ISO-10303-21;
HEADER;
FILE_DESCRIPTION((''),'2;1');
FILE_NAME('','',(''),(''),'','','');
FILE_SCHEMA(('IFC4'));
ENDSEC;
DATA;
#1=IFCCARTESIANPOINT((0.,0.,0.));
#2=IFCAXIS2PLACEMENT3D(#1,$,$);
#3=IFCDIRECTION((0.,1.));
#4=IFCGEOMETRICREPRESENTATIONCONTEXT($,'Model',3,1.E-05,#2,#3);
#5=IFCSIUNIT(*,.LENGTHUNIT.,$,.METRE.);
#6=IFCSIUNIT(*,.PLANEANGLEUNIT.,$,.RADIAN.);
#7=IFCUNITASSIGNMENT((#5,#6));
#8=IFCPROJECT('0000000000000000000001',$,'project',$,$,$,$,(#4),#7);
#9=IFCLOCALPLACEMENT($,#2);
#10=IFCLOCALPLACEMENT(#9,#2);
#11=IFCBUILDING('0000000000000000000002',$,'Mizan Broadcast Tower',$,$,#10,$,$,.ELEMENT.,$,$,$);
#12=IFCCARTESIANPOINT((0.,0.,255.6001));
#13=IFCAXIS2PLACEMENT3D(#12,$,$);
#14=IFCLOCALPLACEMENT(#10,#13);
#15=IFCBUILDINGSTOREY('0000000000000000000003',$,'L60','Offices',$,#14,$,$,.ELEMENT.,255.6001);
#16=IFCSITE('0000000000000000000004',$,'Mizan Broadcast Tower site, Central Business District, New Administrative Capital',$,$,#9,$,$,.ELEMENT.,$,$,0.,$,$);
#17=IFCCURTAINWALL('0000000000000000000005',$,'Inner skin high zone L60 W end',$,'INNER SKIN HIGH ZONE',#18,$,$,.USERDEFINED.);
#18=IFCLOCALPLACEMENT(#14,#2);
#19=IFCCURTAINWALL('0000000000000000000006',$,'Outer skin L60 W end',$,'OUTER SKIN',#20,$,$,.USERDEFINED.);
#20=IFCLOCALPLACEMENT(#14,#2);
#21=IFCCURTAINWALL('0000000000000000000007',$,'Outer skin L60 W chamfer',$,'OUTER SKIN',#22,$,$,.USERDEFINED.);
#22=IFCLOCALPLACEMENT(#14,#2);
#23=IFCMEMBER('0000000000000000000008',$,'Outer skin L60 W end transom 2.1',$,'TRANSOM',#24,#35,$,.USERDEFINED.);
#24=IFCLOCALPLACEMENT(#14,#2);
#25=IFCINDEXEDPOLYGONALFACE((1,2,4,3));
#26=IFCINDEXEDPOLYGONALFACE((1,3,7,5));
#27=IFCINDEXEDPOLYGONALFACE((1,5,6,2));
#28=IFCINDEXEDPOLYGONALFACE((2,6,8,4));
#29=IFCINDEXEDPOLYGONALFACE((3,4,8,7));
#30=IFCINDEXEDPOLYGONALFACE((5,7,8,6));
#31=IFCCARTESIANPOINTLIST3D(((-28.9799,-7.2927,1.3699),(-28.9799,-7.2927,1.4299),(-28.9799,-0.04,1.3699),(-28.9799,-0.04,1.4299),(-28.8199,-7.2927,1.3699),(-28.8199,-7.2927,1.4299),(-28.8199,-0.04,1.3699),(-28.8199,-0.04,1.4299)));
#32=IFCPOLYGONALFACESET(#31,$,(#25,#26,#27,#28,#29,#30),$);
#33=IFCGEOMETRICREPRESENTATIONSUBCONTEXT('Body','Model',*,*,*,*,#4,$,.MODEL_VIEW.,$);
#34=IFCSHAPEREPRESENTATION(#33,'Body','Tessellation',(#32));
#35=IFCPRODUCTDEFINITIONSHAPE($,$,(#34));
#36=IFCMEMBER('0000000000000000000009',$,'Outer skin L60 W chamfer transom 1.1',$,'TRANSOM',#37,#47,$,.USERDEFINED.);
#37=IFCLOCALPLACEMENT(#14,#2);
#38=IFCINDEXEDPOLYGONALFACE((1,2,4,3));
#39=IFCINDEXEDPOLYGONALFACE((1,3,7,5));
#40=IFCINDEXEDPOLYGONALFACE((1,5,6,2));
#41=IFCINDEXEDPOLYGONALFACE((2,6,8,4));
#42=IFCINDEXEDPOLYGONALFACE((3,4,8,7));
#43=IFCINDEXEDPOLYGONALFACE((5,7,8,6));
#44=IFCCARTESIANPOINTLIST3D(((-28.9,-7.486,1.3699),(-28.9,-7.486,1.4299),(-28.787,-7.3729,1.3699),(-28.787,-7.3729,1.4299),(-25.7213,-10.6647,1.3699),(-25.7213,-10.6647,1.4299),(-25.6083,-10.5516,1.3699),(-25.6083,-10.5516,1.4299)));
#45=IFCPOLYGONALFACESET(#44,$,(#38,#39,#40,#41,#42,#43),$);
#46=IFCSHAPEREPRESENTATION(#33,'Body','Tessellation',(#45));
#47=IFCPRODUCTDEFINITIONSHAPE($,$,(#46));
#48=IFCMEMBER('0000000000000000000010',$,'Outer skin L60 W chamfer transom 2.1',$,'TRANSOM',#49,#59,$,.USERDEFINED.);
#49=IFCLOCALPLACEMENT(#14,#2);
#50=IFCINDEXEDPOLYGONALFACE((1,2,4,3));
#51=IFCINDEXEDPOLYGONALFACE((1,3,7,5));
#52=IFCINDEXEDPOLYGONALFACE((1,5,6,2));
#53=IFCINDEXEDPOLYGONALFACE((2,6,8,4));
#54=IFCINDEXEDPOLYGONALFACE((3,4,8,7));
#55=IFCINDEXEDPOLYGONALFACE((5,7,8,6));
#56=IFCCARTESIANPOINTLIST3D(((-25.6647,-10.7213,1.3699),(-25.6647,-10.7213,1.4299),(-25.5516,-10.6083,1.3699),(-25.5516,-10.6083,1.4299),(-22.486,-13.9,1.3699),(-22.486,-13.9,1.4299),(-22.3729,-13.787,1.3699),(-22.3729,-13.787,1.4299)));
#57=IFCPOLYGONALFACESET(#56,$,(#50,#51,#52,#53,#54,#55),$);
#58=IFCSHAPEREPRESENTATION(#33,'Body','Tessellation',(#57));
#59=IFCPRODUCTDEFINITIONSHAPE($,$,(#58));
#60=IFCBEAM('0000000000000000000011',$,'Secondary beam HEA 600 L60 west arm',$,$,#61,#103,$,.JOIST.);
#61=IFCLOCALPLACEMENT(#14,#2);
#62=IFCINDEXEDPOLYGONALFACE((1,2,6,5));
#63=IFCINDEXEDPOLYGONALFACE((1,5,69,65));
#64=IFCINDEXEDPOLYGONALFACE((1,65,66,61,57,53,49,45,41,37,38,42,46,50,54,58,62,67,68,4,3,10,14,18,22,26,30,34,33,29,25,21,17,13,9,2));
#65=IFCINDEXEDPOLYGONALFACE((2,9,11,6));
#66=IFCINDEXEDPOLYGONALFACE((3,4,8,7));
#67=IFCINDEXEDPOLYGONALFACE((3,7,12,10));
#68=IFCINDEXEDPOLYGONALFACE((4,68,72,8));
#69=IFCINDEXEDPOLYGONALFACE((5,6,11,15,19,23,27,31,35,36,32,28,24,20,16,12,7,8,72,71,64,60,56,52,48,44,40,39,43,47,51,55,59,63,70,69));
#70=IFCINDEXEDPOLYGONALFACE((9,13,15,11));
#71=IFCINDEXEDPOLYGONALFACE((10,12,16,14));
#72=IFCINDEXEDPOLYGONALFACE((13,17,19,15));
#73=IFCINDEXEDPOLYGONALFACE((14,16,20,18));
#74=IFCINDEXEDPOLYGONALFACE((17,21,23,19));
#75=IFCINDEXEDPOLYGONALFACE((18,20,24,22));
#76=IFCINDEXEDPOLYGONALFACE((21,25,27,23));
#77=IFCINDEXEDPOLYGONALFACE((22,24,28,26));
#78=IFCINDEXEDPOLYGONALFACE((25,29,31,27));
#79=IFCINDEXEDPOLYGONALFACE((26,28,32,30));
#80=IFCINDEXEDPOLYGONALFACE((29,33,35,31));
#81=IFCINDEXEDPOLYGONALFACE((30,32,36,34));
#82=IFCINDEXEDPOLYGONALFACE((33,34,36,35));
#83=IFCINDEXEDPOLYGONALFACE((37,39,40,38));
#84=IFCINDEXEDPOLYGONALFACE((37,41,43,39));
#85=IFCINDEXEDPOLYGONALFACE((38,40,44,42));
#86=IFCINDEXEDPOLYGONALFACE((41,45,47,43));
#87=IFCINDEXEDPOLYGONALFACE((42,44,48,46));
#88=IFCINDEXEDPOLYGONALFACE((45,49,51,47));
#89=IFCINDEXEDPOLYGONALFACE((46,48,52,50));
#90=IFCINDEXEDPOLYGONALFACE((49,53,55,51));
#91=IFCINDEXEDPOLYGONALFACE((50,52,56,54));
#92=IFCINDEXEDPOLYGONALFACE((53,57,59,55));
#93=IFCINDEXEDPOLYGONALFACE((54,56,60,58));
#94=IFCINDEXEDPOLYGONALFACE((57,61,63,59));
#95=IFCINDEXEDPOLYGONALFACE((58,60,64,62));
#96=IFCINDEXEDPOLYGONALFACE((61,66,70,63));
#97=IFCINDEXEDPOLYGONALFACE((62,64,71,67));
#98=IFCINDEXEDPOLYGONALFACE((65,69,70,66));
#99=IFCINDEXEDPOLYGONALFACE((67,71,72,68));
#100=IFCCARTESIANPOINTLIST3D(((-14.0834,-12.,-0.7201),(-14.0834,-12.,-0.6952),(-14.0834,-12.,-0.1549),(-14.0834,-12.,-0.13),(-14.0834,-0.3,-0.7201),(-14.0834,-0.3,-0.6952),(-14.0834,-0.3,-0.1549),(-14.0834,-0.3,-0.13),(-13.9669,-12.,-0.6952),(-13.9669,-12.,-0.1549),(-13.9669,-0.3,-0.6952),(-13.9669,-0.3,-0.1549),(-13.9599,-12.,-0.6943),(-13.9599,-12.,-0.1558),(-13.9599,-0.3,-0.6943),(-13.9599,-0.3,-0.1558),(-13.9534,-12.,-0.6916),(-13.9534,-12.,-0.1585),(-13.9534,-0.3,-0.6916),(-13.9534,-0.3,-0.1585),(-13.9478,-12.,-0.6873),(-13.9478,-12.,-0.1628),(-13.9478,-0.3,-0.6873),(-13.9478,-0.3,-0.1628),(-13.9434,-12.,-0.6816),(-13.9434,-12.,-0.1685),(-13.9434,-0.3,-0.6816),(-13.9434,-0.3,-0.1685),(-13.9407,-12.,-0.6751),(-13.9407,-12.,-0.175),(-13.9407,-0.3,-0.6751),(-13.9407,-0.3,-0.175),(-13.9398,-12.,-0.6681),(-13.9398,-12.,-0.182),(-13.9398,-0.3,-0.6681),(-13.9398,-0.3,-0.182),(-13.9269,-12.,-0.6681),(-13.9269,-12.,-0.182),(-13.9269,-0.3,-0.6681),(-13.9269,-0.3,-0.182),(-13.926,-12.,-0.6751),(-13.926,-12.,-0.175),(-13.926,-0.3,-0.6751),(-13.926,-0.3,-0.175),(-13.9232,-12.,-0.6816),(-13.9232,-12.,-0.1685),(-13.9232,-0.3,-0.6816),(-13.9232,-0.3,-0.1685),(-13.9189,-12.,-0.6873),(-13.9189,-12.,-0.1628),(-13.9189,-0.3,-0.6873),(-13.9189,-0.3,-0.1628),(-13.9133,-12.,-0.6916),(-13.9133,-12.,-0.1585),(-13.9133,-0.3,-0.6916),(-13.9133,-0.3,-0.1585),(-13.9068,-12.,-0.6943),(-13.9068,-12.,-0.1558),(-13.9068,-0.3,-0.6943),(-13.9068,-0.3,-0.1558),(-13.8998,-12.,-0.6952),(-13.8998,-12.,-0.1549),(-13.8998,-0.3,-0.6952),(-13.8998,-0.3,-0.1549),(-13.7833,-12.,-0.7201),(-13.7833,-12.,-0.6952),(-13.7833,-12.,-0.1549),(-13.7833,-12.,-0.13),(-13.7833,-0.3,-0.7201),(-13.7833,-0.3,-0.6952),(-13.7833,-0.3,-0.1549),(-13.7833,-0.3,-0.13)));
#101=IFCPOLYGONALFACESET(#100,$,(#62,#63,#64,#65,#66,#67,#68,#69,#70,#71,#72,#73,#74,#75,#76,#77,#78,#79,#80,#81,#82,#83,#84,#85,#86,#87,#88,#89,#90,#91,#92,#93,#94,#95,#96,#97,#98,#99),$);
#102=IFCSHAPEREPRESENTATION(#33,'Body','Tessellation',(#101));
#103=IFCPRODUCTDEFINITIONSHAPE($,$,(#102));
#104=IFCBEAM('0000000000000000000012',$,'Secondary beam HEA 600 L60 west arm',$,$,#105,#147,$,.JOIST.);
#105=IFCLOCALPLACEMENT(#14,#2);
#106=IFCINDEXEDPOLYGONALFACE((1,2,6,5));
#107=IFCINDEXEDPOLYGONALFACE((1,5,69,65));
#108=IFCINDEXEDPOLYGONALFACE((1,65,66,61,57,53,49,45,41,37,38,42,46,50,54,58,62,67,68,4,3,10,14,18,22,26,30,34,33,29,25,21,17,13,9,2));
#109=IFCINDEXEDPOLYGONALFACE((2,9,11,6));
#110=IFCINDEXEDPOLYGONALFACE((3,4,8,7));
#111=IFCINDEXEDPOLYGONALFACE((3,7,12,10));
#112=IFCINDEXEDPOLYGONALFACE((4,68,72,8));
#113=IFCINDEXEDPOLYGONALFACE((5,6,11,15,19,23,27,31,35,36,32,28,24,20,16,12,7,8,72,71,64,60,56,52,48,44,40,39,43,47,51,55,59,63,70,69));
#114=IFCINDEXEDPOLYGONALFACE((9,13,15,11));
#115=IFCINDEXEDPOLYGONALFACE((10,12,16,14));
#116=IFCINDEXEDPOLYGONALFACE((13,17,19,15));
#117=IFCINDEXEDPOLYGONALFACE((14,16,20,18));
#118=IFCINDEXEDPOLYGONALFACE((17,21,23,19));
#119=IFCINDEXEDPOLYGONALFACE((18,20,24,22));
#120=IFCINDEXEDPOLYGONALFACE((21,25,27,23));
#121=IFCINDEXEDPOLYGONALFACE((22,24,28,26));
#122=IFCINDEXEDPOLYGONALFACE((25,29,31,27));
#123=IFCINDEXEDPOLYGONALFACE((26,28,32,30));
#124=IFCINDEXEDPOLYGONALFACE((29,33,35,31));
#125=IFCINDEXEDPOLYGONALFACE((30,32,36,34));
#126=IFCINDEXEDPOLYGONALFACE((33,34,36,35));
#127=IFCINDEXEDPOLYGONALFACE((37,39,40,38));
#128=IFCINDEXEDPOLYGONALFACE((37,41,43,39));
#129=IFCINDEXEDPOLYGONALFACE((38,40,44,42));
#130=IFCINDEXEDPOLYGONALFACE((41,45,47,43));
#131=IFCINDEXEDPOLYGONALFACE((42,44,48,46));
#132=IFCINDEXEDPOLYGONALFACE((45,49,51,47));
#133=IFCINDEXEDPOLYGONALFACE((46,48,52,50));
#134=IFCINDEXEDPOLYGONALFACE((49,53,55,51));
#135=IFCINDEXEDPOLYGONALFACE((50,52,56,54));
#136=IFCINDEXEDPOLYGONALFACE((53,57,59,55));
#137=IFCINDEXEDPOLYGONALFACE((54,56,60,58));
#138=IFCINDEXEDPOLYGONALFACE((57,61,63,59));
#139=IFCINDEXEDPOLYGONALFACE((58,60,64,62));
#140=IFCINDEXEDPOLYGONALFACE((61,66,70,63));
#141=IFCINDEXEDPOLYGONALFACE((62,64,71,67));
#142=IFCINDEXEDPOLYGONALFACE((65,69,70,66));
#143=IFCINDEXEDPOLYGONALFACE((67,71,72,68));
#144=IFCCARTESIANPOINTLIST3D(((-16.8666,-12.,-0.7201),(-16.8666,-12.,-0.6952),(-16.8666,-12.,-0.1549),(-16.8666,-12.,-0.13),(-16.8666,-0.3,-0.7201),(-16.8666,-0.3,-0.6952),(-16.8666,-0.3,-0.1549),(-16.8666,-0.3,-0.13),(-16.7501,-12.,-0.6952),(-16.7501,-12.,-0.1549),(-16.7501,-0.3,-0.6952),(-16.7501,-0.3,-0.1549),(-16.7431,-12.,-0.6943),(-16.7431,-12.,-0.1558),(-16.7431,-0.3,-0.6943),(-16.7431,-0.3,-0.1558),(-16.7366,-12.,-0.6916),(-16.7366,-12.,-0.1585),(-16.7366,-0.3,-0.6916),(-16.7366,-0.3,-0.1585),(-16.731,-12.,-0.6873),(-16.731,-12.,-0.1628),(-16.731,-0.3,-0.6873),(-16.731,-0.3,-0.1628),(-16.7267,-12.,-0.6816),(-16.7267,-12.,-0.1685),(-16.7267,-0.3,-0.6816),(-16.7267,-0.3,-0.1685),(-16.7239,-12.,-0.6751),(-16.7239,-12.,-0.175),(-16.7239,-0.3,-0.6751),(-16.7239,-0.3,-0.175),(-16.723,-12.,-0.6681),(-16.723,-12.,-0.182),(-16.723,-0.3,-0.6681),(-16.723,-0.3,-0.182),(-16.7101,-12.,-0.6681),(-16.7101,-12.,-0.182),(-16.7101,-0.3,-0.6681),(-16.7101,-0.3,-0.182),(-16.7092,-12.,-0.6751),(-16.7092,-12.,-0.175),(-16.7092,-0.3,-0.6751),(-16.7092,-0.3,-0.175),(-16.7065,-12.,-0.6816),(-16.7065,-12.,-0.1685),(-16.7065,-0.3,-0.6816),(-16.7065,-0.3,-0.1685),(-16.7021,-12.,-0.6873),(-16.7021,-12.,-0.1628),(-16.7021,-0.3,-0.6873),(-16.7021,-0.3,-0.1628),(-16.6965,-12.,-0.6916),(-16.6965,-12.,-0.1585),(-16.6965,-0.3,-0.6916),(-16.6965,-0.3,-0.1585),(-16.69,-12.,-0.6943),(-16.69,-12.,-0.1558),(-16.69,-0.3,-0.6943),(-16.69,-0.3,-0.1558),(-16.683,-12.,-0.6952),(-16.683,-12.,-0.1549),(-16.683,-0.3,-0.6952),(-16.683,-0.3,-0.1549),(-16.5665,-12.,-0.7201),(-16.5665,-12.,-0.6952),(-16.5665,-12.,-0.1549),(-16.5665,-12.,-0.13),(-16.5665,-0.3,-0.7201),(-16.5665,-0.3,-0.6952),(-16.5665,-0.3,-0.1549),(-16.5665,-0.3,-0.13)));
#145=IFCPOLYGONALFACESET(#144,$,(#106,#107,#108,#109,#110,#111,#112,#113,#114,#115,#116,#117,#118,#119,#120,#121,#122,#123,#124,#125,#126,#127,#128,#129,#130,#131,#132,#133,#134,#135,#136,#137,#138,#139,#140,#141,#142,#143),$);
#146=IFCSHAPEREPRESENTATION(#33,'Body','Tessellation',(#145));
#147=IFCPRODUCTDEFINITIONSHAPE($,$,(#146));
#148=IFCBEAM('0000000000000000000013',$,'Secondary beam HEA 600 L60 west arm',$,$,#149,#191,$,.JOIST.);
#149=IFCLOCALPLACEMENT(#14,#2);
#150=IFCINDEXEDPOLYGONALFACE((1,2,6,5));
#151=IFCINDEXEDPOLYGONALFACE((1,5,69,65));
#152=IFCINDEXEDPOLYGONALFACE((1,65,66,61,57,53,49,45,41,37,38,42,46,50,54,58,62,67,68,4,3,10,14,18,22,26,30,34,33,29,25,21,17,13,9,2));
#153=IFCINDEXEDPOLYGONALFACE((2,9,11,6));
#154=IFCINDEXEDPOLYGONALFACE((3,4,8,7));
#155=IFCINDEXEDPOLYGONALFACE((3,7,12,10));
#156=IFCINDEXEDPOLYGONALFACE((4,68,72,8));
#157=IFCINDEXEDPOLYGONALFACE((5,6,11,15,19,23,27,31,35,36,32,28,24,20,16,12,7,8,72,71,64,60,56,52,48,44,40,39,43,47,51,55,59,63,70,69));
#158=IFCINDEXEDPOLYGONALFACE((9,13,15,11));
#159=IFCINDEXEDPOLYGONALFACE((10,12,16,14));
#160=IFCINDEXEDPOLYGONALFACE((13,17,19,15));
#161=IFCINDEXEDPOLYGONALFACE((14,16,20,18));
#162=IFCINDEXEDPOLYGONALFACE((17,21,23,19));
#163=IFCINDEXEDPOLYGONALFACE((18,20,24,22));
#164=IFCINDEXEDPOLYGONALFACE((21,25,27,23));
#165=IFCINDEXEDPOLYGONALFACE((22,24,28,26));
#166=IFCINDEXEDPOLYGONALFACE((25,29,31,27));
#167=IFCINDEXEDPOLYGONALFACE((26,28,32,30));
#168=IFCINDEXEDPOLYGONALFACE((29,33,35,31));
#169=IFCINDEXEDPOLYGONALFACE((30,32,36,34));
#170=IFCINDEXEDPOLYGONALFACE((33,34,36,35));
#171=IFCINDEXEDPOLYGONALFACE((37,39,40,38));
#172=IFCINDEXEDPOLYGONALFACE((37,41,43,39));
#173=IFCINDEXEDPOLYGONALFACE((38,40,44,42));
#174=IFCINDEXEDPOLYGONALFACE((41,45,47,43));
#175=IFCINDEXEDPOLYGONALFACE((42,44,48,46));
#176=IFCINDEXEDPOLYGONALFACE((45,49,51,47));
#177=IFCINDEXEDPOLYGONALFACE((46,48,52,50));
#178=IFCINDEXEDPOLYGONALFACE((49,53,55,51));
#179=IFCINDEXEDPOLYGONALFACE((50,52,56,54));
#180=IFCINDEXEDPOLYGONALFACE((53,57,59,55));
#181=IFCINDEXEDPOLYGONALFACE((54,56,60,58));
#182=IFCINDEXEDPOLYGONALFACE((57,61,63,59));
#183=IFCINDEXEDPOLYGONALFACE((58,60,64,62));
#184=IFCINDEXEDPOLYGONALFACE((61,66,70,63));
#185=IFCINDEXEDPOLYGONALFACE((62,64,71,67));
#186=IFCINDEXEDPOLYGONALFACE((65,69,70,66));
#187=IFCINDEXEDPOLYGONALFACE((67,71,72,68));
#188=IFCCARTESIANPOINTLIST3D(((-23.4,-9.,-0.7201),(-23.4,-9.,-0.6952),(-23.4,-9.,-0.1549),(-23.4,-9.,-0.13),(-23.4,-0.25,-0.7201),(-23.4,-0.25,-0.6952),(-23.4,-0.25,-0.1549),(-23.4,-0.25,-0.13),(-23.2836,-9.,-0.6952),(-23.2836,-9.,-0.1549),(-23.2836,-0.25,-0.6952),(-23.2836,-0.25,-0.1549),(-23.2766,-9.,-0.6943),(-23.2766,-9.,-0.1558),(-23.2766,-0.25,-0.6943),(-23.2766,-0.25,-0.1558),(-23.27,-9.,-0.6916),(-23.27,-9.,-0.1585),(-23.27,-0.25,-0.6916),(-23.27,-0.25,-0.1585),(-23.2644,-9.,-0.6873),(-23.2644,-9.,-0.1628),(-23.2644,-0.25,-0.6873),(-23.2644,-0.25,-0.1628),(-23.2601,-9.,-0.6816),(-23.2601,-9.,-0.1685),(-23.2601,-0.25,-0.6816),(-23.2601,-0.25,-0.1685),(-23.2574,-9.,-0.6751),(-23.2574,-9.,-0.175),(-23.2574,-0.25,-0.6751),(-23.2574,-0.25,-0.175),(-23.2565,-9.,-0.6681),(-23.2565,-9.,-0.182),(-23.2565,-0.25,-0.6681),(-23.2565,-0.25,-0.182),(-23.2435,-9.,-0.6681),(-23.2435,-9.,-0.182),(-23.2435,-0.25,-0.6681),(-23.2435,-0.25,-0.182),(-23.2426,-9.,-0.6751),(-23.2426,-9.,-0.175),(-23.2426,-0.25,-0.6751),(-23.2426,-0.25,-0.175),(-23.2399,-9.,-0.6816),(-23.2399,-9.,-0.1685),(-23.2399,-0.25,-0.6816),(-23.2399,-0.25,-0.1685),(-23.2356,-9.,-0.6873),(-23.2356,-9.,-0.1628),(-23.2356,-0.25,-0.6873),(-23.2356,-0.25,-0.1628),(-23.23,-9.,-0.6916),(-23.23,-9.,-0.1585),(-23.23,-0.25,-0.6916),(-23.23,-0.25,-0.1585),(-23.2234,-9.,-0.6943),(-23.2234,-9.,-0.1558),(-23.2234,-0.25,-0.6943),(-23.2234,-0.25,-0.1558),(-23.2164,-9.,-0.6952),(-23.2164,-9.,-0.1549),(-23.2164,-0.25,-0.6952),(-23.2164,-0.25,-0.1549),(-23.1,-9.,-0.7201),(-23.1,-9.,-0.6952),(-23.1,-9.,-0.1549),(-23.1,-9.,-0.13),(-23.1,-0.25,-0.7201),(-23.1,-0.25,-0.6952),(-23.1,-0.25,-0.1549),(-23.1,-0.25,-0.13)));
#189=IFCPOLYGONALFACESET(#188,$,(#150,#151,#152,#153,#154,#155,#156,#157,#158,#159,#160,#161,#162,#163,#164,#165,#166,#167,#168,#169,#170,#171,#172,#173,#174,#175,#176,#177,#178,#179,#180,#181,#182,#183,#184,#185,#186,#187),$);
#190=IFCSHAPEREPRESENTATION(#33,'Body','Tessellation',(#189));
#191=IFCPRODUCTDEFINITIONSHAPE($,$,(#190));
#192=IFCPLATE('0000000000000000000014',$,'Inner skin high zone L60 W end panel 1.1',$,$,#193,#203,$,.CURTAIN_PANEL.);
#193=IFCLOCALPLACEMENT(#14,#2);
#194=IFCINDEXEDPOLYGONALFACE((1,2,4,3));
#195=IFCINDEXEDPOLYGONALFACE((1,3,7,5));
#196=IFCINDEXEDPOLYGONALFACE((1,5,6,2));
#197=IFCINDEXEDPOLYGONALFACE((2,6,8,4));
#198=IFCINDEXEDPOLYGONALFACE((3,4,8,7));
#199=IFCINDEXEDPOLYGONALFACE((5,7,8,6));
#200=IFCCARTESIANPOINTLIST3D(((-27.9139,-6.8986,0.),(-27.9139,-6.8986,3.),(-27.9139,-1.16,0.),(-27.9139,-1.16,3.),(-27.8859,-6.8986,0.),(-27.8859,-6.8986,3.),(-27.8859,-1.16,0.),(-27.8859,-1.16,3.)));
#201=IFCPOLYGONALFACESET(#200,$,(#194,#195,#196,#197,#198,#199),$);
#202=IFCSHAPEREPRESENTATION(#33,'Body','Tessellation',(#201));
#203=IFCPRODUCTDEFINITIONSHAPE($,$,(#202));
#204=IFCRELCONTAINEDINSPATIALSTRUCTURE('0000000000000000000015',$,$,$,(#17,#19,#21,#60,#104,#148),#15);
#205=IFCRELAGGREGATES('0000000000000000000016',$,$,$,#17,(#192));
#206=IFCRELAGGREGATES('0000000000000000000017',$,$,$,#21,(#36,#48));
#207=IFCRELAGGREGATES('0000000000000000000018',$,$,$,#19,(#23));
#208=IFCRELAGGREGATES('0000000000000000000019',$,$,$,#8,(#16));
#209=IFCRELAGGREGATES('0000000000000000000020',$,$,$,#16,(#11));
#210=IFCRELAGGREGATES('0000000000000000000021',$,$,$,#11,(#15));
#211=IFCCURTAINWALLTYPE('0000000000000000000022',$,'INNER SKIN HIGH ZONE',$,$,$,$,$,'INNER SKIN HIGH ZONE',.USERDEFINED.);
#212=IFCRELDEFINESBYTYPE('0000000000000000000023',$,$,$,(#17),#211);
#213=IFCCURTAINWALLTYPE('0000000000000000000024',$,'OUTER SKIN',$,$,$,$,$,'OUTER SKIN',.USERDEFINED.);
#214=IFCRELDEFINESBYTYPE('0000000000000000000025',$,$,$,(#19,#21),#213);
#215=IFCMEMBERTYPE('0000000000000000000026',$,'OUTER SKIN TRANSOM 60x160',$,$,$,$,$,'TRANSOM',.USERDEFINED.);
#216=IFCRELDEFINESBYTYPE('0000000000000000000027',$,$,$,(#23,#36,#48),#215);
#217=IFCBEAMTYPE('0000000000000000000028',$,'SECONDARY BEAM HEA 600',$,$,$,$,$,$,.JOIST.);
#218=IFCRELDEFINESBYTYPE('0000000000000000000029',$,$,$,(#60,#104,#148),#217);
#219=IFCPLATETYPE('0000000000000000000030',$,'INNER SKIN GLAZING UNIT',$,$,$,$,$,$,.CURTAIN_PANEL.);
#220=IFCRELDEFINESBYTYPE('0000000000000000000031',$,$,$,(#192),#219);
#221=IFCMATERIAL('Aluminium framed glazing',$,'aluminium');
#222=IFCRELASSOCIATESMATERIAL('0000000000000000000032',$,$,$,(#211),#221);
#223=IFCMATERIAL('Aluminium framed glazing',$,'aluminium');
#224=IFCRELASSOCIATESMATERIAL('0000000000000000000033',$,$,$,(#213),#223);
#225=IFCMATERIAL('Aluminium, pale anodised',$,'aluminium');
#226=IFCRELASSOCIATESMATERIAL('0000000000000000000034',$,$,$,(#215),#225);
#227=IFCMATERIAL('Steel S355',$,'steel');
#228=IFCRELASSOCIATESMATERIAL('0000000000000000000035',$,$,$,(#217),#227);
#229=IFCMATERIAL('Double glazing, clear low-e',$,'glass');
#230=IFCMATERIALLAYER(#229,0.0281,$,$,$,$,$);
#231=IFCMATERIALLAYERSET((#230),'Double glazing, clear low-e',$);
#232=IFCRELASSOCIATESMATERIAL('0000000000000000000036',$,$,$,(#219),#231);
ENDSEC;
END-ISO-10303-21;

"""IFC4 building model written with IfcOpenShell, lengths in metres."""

from ifc_helpers import new_model, si_unit, direction, frame, origin, origin_2d, place, context, subcontext, project, spatial, rectangle, i_section, extrude, material, layer, layer_set, material_profile, profile_set, type_object, element, aggregate, save


model = new_model("IFC4")

# Units and contexts
model_context = context("Model", 3, precision=1e-05, world=origin(), true_north=direction((0.0, 1.0)))
body_context = subcontext(model_context, "Body", "Model", "MODEL_VIEW")
ifc_project = project(units=[si_unit("LENGTHUNIT", "METRE"), si_unit("PLANEANGLEUNIT", "RADIAN")], contexts=[model_context])

# Site, building, storey
site_placement = place(None, origin())
site = spatial("IfcSite", under=ifc_project, at=site_placement, Name="Mizan Broadcast Tower site, Central Business District, New Administrative Capital", CompositionType="ELEMENT", RefElevation=0.0)
building_placement = place(site_placement, origin())
building = spatial("IfcBuilding", under=site, at=building_placement, Name="Mizan Broadcast Tower", CompositionType="ELEMENT")
storey_placement = place(building_placement, frame((0.0, 0.0, 255.6001)))
storey = spatial("IfcBuildingStorey", under=building, at=storey_placement, Name="L60", Description="Offices", CompositionType="ELEMENT", Elevation=255.6001)

# Curtain wall
ifc_material_1 = material(Name="Aluminium framed glazing", Category="aluminium")
curtain_wall_type_1 = type_object("IfcCurtainWallType", Name="INNER SKIN HIGH ZONE", ElementType="INNER SKIN HIGH ZONE", PredefinedType="USERDEFINED", material=ifc_material_1)
curtain_wall_1_placement = place(storey_placement, origin())
curtain_wall_1 = element("IfcCurtainWall", 1, at=curtain_wall_1_placement, inside=storey, type_object=curtain_wall_type_1, Name="Inner skin high zone L60 W end", ObjectType="INNER SKIN HIGH ZONE", PredefinedType="USERDEFINED")

# Curtain walls
ifc_material_2 = material(Name="Aluminium framed glazing", Category="aluminium")
curtain_wall_type_2 = type_object("IfcCurtainWallType", Name="OUTER SKIN", ElementType="OUTER SKIN", PredefinedType="USERDEFINED", material=ifc_material_2)
curtain_wall_2_placement = place(storey_placement, origin())
curtain_wall_2 = element("IfcCurtainWall", 2, at=curtain_wall_2_placement, inside=storey, type_object=curtain_wall_type_2, Name="Outer skin L60 W end", ObjectType="OUTER SKIN", PredefinedType="USERDEFINED")
curtain_wall_3_placement = place(storey_placement, origin())
curtain_wall_3 = element("IfcCurtainWall", 3, at=curtain_wall_3_placement, inside=storey, type_object=curtain_wall_type_2, Name="Outer skin L60 W chamfer", ObjectType="OUTER SKIN", PredefinedType="USERDEFINED")

# Members
ifc_material_3 = material(Name="Aluminium, pale anodised", Category="aluminium")
ifc_material_profile_1 = material_profile(ifc_material_3, rectangle(XDim=0.1599, YDim=0.0601, at=origin_2d()), Name="TRANSOM 160x60")
ifc_profile_set_1 = profile_set([ifc_material_profile_1], Name="Aluminium, pale anodised")
member_type_1 = type_object("IfcMemberType", Name="OUTER SKIN TRANSOM 60x160", ElementType="TRANSOM", PredefinedType="USERDEFINED", material=ifc_profile_set_1)
member_1_placement = place(storey_placement, frame((-28.8999, -0.04, 1.3999), z_axis=(0.0, -1.0, 0.0), x_axis=(1.0, 0.0, 0.0)))
member_1 = element("IfcMember", 4, at=member_1_placement, type_object=member_type_1, Name="Outer skin L60 W end transom 2.1", ObjectType="TRANSOM", PredefinedType="USERDEFINED", context=body_context, shape_type="SweptSolid", body=[
    extrude(rectangle(XDim=0.1599, YDim=0.0601, at=origin_2d()), origin(), (0.0, 0.0, 1.0), 7.2527),
])
member_2_placement = place(storey_placement, frame((-28.8435, -7.4294, 1.3999), z_axis=(0.707107, -0.707107, 0.0), x_axis=(0.707107, 0.707107, 0.0)))
member_2 = element("IfcMember", 5, at=member_2_placement, type_object=member_type_1, Name="Outer skin L60 W chamfer transom 1.1", ObjectType="TRANSOM", PredefinedType="USERDEFINED", context=body_context, shape_type="SweptSolid", body=[
    extrude(rectangle(XDim=0.1599, YDim=0.0601, at=origin_2d()), origin(), (0.0, 0.0, 1.0), 4.4954),
])
member_3_placement = place(storey_placement, frame((-25.6082, -10.6648, 1.3999), z_axis=(0.707107, -0.707107, 0.0), x_axis=(0.707107, 0.707107, 0.0)))
member_3 = element("IfcMember", 6, at=member_3_placement, type_object=member_type_1, Name="Outer skin L60 W chamfer transom 2.1", ObjectType="TRANSOM", PredefinedType="USERDEFINED", context=body_context, shape_type="SweptSolid", body=[
    extrude(rectangle(XDim=0.1599, YDim=0.0601, at=origin_2d()), origin(), (0.0, 0.0, 1.0), 4.4954),
])

# Beams
ifc_material_4 = material(Name="Steel S355", Category="steel")
ifc_material_profile_2 = material_profile(ifc_material_4, i_section(OverallWidth=0.3, OverallDepth=0.5901, WebThickness=0.0129, FlangeThickness=0.0249, FilletRadius=0.0271, at=origin_2d()), Name="HEA 600")
ifc_profile_set_2 = profile_set([ifc_material_profile_2], Name="Steel S355")
beam_type_1 = type_object("IfcBeamType", Name="SECONDARY BEAM HEA 600", PredefinedType="JOIST", material=ifc_profile_set_2)
for number, where, z_axis, x_axis, name in (
    (7, (-13.9333, -12.0, -0.425), (0.0, 1.0, 0.0), (-1.0, 0.0, 0.0), "Secondary beam HEA 600 L60 west arm"),
    (8, (-16.7166, -12.0, -0.425), (0.0, 1.0, 0.0), (-1.0, 0.0, 0.0), "Secondary beam HEA 600 L60 west arm"),
):
    element("IfcBeam", number, at=place(storey_placement, frame(where, z_axis=z_axis, x_axis=x_axis)), inside=storey, type_object=beam_type_1, Name=name, PredefinedType="JOIST", context=body_context, shape_type="SweptSolid", body=[
        extrude(i_section(OverallWidth=0.3, OverallDepth=0.5901, WebThickness=0.0129, FlangeThickness=0.0249, FilletRadius=0.0271, at=origin_2d()), origin(), (0.0, 0.0, 1.0), 11.7),
    ])
beam_1_placement = place(storey_placement, frame((-23.25, -9.0, -0.425), z_axis=(0.0, 1.0, 0.0), x_axis=(-1.0, 0.0, 0.0)))
element("IfcBeam", 9, at=beam_1_placement, inside=storey, type_object=beam_type_1, Name="Secondary beam HEA 600 L60 west arm", PredefinedType="JOIST", context=body_context, shape_type="SweptSolid", body=[
    extrude(i_section(OverallWidth=0.3, OverallDepth=0.5901, WebThickness=0.0129, FlangeThickness=0.0249, FilletRadius=0.0271, at=origin_2d()), origin(), (0.0, 0.0, 1.0), 8.75),
])

# Plate
ifc_material_5 = material(Name="Double glazing, clear low-e", Category="glass")
ifc_layer_1 = layer(ifc_material_5, 0.0281)
ifc_layer_set_1 = layer_set([ifc_layer_1], Name="Double glazing, clear low-e")
plate_type_1 = type_object("IfcPlateType", Name="INNER SKIN GLAZING UNIT", PredefinedType="CURTAIN_PANEL", material=ifc_layer_set_1)
plate_1_placement = place(storey_placement, frame((-27.8999, -4.0293, 0.0), z_axis=(0.0, 0.0, 1.0), x_axis=(0.0, -1.0, 0.0)))
plate_1 = element("IfcPlate", 10, at=plate_1_placement, type_object=plate_type_1, Name="Inner skin high zone L60 W end panel 1.1", PredefinedType="CURTAIN_PANEL", context=body_context, shape_type="SweptSolid", body=[
    extrude(rectangle(XDim=5.7385, YDim=0.0281, at=origin_2d()), origin(), (0.0, 0.0, 1.0), 3.0),
])
aggregate(curtain_wall_1, [plate_1])
aggregate(curtain_wall_3, [member_2, member_3])
aggregate(curtain_wall_2, [member_1])

save(model, "model.ifc")
